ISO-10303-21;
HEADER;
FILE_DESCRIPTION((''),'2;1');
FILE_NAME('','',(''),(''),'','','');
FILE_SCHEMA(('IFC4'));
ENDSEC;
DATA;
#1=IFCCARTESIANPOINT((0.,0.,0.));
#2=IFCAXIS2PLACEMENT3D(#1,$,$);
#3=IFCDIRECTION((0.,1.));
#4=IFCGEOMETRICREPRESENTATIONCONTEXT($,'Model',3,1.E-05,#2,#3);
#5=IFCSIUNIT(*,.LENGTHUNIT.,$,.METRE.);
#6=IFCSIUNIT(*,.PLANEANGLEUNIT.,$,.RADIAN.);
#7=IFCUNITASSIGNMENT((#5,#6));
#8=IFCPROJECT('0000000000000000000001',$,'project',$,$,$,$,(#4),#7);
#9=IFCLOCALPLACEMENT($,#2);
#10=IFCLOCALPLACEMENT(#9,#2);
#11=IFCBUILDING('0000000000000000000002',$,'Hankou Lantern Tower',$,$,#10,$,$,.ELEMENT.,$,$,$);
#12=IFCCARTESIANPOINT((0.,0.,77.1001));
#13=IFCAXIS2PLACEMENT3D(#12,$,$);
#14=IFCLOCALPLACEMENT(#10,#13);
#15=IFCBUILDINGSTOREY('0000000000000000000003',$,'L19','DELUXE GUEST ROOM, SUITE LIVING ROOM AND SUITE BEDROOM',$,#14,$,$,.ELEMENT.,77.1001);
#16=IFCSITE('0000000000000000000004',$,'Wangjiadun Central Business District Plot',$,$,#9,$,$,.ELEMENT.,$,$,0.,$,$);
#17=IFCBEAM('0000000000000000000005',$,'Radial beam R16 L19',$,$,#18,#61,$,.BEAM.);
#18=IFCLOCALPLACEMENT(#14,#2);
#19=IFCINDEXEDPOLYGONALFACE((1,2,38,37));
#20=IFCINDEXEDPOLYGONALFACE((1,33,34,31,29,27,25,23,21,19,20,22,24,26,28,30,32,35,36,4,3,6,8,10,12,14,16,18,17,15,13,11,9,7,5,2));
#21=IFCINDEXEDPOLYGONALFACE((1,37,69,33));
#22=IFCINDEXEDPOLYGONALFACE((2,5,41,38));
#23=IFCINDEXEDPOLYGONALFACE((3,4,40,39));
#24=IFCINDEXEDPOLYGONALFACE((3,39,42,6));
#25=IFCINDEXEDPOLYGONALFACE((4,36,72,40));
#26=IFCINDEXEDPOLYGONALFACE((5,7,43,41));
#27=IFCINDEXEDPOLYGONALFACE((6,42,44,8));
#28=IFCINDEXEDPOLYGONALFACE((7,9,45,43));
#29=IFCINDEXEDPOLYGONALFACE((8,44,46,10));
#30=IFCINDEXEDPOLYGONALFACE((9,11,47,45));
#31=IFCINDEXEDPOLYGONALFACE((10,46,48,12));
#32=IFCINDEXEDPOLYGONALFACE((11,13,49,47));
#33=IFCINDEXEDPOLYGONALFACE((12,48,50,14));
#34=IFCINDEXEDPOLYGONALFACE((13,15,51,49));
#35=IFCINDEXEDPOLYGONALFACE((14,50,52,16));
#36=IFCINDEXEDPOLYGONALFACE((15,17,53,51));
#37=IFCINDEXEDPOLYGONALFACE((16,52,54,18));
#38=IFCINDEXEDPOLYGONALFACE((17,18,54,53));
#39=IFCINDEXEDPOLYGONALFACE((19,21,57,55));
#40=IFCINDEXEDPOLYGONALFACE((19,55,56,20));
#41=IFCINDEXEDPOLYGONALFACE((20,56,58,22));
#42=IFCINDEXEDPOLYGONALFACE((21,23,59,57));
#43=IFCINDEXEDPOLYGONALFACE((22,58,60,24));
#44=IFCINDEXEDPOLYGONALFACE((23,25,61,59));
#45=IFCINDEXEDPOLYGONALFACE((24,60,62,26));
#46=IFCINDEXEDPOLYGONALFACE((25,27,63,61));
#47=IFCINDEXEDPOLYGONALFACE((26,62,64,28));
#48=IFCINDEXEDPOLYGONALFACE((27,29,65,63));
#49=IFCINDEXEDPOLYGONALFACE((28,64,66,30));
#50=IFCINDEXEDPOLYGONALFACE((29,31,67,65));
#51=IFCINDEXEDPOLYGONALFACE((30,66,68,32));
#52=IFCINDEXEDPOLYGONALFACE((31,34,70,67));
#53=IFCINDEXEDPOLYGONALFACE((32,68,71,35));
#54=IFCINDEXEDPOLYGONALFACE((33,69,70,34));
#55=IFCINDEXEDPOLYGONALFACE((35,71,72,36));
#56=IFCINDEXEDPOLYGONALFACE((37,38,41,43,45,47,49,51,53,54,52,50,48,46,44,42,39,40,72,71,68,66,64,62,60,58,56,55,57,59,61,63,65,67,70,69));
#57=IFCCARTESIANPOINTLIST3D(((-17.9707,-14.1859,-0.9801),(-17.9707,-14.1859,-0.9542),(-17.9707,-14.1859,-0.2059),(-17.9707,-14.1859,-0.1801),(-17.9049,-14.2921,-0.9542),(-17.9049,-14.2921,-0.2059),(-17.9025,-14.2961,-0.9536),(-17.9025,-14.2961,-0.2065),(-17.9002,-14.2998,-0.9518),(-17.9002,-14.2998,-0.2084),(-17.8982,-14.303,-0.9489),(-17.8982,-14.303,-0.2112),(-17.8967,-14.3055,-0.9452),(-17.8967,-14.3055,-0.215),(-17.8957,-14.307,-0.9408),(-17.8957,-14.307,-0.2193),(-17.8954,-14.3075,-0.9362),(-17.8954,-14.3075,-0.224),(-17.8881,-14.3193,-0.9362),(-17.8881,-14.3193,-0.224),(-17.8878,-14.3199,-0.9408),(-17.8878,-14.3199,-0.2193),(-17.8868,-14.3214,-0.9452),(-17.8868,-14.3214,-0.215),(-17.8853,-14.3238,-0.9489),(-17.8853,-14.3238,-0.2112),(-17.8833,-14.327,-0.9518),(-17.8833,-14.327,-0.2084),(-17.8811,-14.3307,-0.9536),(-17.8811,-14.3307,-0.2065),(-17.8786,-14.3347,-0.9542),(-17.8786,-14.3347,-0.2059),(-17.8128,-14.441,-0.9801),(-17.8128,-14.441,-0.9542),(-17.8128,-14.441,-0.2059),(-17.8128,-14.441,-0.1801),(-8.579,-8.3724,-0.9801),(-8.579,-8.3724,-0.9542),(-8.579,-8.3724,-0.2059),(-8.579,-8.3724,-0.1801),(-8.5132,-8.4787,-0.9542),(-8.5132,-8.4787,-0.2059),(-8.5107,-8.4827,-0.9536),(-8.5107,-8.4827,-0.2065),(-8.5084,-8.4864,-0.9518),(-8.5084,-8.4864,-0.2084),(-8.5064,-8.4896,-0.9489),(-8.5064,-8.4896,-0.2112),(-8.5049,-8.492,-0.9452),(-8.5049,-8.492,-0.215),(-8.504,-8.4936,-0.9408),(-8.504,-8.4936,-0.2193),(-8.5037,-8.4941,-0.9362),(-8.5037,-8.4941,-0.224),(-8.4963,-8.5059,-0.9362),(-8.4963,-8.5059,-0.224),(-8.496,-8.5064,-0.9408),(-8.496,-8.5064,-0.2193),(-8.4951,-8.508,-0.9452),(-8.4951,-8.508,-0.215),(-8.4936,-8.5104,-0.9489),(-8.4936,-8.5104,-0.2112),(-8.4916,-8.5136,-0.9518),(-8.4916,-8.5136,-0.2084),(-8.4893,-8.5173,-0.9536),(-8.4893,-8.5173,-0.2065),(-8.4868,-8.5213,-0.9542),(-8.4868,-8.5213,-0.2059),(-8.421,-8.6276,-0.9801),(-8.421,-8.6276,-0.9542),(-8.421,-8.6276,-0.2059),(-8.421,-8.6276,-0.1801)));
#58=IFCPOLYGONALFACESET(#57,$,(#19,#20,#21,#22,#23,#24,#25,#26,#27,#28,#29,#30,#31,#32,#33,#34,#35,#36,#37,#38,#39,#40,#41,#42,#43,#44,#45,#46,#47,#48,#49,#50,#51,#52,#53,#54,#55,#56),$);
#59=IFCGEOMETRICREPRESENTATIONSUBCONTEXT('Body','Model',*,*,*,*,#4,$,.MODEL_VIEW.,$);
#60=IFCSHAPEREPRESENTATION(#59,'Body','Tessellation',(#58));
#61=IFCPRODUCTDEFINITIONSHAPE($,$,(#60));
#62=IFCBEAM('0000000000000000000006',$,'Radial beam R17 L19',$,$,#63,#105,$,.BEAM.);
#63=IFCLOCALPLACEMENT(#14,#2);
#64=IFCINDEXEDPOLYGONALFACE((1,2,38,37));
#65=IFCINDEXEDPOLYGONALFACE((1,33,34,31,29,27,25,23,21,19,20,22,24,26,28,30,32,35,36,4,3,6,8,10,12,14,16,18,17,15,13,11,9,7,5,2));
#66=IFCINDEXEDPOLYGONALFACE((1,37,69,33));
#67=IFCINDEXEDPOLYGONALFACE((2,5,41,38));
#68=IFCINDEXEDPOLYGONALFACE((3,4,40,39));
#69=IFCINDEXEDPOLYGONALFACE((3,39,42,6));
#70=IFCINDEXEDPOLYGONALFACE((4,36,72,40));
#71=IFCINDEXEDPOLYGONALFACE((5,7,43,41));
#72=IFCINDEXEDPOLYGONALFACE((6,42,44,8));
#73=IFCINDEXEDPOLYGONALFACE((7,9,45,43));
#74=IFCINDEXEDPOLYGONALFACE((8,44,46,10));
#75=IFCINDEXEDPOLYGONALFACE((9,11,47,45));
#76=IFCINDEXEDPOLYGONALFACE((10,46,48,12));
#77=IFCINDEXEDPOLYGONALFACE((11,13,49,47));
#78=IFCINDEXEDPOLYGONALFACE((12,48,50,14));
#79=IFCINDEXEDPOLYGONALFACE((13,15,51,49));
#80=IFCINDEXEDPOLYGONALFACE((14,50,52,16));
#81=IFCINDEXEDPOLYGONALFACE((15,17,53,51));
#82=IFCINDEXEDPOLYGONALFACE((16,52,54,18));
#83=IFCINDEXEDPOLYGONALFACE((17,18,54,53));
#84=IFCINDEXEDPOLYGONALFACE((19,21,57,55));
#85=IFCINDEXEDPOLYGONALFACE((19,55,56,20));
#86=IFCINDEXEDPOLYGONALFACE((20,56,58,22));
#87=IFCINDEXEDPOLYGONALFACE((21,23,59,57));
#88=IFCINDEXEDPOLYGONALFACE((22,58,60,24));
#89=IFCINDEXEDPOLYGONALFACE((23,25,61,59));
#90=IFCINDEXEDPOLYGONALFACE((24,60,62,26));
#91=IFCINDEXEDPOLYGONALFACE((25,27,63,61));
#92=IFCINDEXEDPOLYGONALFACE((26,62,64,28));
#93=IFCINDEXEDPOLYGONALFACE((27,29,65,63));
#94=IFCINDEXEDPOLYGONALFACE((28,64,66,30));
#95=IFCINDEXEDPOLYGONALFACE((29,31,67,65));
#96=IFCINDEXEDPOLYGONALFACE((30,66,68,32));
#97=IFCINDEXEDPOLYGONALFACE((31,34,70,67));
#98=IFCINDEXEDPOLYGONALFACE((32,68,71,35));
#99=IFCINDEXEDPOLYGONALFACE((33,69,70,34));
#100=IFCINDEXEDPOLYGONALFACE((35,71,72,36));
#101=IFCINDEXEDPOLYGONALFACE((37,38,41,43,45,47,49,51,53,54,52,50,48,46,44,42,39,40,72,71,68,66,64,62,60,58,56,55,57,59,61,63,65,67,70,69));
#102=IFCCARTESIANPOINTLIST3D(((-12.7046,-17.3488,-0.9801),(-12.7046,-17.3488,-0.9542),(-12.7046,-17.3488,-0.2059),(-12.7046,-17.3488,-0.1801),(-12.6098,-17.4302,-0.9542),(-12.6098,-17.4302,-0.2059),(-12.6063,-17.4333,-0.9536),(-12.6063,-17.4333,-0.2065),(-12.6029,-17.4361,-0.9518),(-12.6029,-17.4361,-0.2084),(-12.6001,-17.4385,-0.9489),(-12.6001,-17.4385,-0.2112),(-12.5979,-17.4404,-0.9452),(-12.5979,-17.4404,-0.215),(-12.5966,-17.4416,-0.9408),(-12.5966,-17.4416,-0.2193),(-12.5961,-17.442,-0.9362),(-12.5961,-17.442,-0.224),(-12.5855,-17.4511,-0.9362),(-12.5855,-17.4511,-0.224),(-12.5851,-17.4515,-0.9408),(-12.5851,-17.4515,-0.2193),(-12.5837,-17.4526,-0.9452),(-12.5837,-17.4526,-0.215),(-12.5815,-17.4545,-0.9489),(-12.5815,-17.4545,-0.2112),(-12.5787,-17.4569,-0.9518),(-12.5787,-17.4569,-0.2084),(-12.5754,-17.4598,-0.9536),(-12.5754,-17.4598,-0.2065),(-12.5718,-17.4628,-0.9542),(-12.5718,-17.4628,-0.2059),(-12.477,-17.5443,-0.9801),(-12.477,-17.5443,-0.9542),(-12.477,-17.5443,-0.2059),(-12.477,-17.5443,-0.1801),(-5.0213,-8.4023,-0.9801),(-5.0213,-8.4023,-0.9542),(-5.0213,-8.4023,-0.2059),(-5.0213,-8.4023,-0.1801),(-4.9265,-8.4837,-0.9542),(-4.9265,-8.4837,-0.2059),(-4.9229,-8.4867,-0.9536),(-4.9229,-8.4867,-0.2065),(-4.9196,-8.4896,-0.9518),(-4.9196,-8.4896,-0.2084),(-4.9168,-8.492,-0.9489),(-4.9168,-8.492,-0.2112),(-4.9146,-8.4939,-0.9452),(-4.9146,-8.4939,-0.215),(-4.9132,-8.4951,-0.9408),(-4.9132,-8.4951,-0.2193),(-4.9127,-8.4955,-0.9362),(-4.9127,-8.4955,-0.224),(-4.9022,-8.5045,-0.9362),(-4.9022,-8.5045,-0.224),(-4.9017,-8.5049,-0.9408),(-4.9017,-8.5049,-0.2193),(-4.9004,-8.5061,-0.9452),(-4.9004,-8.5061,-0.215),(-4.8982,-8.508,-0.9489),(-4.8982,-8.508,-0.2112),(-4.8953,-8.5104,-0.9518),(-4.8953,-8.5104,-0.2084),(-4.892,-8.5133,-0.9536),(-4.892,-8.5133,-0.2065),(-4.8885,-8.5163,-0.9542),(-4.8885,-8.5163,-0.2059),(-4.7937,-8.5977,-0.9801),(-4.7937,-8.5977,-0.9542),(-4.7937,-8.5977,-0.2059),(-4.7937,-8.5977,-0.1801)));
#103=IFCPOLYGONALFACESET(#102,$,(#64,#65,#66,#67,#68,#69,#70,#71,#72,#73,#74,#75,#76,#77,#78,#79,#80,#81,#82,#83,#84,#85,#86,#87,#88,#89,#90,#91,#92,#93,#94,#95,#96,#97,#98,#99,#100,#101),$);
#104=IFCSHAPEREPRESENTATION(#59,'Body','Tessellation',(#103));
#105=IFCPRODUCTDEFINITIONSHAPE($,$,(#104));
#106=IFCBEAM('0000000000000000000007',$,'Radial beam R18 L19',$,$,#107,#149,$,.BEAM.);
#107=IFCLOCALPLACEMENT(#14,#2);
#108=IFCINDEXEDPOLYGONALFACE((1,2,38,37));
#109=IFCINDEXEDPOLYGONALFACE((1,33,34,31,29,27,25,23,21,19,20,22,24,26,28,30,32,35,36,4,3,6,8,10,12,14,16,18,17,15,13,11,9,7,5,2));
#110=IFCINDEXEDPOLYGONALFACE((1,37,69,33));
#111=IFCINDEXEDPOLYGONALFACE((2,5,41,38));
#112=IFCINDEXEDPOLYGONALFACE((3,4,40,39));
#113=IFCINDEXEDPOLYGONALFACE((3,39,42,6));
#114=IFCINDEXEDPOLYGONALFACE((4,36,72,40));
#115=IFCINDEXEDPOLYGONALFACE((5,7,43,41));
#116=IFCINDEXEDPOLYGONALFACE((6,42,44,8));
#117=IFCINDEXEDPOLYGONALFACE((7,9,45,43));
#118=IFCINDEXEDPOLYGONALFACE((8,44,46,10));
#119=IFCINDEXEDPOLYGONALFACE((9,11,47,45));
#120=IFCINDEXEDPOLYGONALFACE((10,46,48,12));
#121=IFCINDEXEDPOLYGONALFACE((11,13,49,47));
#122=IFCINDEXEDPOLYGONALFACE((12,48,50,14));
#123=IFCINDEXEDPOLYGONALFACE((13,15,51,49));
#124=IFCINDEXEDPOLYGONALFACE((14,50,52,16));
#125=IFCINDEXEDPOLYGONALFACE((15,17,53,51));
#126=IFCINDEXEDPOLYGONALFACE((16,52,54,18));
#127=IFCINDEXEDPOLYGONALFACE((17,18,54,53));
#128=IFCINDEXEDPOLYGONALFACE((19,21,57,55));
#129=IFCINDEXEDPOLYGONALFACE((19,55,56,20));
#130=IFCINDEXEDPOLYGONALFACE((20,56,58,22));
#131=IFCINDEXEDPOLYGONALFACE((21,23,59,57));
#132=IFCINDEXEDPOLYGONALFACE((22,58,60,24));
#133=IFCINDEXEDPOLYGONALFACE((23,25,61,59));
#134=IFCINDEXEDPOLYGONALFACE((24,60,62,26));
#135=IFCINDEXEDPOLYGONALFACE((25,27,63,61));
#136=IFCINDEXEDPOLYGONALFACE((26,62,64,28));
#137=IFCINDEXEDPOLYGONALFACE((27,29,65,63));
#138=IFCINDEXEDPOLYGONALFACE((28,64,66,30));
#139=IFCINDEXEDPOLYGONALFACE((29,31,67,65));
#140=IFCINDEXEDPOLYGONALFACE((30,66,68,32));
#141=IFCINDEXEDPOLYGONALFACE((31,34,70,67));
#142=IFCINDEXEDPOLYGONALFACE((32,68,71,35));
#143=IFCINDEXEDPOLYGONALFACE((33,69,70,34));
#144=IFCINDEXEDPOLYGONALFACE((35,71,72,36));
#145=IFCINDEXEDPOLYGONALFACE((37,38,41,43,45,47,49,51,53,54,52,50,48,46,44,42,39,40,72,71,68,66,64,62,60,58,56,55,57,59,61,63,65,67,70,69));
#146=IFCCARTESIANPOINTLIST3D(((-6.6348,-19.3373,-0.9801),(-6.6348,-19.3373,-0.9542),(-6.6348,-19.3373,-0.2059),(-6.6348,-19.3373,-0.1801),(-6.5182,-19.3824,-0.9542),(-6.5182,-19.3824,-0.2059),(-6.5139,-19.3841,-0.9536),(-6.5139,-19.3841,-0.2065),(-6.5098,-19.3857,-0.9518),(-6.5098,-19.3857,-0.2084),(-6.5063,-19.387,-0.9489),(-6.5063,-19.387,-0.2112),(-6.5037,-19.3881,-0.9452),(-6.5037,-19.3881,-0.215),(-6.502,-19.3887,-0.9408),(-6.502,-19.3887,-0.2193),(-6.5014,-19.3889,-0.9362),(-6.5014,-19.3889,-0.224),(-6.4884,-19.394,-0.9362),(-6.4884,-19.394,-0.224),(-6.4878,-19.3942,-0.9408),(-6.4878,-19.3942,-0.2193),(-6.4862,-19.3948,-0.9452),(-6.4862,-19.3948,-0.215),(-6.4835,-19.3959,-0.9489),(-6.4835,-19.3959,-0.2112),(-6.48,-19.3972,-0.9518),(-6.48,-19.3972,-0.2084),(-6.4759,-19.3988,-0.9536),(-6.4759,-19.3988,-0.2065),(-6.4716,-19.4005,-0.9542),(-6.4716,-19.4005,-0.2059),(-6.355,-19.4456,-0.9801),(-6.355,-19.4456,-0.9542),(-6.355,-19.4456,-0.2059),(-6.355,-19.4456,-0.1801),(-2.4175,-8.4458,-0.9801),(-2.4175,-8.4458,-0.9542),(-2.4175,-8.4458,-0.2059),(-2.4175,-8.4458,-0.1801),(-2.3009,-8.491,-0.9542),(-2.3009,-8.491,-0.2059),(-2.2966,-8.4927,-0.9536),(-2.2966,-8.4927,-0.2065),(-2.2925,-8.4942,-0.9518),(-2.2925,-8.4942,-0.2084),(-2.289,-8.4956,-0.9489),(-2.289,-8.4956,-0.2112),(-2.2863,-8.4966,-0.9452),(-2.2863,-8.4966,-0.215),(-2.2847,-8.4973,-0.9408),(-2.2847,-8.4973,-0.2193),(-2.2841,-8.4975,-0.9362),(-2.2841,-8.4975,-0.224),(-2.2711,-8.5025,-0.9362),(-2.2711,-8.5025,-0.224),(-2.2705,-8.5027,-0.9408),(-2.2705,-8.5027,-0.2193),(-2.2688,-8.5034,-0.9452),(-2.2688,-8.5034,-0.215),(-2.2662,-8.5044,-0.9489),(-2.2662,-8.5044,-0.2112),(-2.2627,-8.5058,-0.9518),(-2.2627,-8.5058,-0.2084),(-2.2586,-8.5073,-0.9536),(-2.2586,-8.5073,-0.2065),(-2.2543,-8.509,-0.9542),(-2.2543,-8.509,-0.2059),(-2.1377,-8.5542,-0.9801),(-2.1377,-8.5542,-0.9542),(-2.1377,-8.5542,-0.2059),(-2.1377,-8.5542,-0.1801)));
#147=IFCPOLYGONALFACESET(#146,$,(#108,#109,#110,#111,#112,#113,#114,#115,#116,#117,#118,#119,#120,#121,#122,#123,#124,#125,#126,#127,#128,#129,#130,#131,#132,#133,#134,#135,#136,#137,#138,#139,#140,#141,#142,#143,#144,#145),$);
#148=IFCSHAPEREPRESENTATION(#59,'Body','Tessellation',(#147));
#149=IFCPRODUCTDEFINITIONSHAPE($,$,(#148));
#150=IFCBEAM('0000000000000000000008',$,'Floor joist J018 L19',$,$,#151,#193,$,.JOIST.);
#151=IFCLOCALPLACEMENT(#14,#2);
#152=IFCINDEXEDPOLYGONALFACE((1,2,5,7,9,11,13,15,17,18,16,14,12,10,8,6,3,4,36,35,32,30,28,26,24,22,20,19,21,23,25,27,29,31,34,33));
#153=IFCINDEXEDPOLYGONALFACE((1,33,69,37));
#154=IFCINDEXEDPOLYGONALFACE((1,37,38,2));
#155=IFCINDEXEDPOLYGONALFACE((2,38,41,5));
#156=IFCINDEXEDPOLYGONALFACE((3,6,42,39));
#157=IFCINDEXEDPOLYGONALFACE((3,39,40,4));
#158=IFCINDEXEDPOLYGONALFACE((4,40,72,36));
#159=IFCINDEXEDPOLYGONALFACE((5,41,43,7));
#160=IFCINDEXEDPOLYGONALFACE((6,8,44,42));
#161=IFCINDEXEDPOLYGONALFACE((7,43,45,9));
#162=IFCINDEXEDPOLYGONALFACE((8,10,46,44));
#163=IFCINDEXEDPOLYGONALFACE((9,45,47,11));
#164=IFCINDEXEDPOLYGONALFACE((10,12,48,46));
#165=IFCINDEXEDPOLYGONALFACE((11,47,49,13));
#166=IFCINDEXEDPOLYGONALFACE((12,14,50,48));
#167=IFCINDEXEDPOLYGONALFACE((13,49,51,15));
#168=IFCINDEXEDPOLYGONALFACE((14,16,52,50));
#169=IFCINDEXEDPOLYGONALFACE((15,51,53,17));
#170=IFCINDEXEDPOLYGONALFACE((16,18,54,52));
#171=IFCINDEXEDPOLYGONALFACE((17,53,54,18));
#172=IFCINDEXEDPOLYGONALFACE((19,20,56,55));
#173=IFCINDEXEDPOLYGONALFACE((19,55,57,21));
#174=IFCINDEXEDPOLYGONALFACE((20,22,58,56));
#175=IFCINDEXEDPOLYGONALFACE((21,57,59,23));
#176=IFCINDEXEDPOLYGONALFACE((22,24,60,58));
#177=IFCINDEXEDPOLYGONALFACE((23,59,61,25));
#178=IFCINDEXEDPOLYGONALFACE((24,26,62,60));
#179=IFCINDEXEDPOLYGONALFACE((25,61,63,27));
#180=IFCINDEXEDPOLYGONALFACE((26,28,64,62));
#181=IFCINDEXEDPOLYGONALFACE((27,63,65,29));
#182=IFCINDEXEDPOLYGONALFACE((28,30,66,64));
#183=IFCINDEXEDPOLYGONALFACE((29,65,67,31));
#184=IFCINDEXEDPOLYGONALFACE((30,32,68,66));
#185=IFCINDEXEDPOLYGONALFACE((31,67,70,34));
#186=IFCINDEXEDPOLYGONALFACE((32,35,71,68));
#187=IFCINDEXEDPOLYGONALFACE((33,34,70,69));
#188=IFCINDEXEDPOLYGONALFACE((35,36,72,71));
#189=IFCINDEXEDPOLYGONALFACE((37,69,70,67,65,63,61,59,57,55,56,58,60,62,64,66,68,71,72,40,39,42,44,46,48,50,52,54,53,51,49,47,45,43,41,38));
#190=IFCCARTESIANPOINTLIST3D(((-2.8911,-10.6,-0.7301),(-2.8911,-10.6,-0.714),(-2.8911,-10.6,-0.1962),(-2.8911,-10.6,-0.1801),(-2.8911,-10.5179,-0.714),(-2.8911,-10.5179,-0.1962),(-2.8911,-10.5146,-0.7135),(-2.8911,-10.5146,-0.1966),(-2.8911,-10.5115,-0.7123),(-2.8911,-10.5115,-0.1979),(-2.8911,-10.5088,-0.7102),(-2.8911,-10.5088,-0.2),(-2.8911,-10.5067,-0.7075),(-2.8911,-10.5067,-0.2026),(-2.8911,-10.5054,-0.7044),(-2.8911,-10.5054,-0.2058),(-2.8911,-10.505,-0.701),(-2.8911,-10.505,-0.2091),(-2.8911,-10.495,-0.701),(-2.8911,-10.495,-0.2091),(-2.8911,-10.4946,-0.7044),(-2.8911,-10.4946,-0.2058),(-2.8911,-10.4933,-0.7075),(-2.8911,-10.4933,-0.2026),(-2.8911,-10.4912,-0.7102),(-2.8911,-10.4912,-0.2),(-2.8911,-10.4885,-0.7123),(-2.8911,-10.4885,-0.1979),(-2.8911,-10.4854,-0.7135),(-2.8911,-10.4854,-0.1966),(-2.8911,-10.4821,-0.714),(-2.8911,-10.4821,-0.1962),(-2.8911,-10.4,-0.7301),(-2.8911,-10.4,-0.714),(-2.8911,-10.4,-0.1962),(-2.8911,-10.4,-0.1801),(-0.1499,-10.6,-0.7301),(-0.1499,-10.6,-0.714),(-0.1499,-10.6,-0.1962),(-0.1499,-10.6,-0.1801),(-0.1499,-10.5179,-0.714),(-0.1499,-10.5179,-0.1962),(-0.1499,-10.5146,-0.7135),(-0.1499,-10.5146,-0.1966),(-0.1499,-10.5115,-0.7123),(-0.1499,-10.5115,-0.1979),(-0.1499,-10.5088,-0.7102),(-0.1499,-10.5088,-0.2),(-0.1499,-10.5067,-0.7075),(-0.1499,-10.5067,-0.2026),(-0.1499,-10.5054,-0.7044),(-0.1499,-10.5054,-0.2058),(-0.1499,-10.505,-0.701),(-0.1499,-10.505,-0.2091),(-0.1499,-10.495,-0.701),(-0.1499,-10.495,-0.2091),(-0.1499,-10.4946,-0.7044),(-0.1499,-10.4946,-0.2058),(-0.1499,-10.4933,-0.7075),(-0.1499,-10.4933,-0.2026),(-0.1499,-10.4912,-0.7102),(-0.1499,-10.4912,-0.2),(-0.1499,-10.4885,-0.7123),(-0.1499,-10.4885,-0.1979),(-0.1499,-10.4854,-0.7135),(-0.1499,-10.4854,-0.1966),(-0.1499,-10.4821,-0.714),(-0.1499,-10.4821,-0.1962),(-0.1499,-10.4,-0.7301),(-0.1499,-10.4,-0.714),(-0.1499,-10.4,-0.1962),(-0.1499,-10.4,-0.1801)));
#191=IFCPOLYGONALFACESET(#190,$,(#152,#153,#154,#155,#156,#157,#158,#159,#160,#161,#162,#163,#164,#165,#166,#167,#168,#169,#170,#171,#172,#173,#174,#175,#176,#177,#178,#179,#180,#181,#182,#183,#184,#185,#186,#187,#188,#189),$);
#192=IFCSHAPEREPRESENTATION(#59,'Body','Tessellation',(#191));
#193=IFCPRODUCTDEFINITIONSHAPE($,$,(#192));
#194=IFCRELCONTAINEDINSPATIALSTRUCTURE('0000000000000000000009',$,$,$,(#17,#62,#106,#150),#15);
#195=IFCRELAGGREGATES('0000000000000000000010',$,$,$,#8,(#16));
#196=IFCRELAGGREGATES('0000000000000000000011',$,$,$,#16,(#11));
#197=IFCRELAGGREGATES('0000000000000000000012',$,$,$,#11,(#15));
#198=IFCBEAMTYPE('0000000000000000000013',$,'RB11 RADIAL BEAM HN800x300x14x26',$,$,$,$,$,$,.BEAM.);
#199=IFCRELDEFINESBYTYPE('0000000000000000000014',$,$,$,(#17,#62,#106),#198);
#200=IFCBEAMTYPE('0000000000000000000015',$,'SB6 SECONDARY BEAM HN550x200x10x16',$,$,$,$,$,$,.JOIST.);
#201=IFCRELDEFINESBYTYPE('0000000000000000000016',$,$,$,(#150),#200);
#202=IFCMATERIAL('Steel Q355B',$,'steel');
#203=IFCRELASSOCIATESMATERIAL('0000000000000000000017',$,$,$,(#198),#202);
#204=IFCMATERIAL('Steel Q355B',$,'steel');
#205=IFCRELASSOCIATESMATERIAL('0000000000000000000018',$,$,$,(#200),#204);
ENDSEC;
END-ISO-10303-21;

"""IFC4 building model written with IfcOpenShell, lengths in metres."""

from ifc_helpers import new_model, si_unit, direction, frame, origin, origin_2d, place, context, subcontext, project, spatial, i_section, extrude, material, material_profile, profile_set, type_object, element, save


model = new_model("IFC4")

# Units and contexts
model_context = context("Model", 3, precision=1e-05, world=origin(), true_north=direction((0.0, 1.0)))
body_context = subcontext(model_context, "Body", "Model", "MODEL_VIEW")
ifc_project = project(units=[si_unit("LENGTHUNIT", "METRE"), si_unit("PLANEANGLEUNIT", "RADIAN")], contexts=[model_context])

# Site, building, storey
site_placement = place(None, origin())
site = spatial("IfcSite", under=ifc_project, at=site_placement, Name="Wangjiadun Central Business District Plot", CompositionType="ELEMENT", RefElevation=0.0)
building_placement = place(site_placement, origin())
building = spatial("IfcBuilding", under=site, at=building_placement, Name="Hankou Lantern Tower", CompositionType="ELEMENT")
storey_placement = place(building_placement, frame((0.0, 0.0, 77.1001)))
storey = spatial("IfcBuildingStorey", under=building, at=storey_placement, Name="L19", Description="DELUXE GUEST ROOM, SUITE LIVING ROOM AND SUITE BEDROOM", CompositionType="ELEMENT", Elevation=77.1001)

# Beams
ifc_material_1 = material(Name="Steel Q355B", Category="steel")
ifc_material_profile_1 = material_profile(ifc_material_1, i_section(OverallWidth=0.3, OverallDepth=0.8, WebThickness=0.0139, FlangeThickness=0.0259, FilletRadius=0.0181, at=origin_2d()), Name="HN800x300x14x26")
ifc_profile_set_1 = profile_set([ifc_material_profile_1], Name="Steel Q355B")
beam_type_1 = type_object("IfcBeamType", Name="RB11 RADIAL BEAM HN800x300x14x26", PredefinedType="BEAM", material=ifc_profile_set_1)
beam_1_placement = place(storey_placement, frame((-8.5, -8.5, -0.5801), z_axis=(-0.850286, -0.52632, 0.0), x_axis=(0.52632, -0.850286, 0.0)))
element("IfcBeam", 1, at=beam_1_placement, inside=storey, type_object=beam_type_1, Name="Radial beam R16 L19", PredefinedType="BEAM", context=body_context, shape_type="SweptSolid", body=[
    extrude(i_section(OverallWidth=0.3, OverallDepth=0.8, WebThickness=0.0139, FlangeThickness=0.0259, FilletRadius=0.0181, at=origin_2d()), origin(), (0.0, 0.0, 1.0), 11.0454),
])
beam_2_placement = place(storey_placement, frame((-4.9075, -8.5, -0.5801), z_axis=(-0.651519, -0.758632, 0.0), x_axis=(0.758632, -0.651519, 0.0)))
element("IfcBeam", 2, at=beam_2_placement, inside=storey, type_object=beam_type_1, Name="Radial beam R17 L19", PredefinedType="BEAM", context=body_context, shape_type="SweptSolid", body=[
    extrude(i_section(OverallWidth=0.3, OverallDepth=0.8, WebThickness=0.0139, FlangeThickness=0.0259, FilletRadius=0.0181, at=origin_2d()), origin(), (0.0, 0.0, 1.0), 11.793),
])
beam_3_placement = place(storey_placement, frame((-2.2776, -8.5, -0.5801), z_axis=(-0.361089, -0.932531, 0.0), x_axis=(0.932531, -0.361089, 0.0)))
element("IfcBeam", 3, at=beam_3_placement, inside=storey, type_object=beam_type_1, Name="Radial beam R18 L19", PredefinedType="BEAM", context=body_context, shape_type="SweptSolid", body=[
    extrude(i_section(OverallWidth=0.3, OverallDepth=0.8, WebThickness=0.0139, FlangeThickness=0.0259, FilletRadius=0.0181, at=origin_2d()), origin(), (0.0, 0.0, 1.0), 11.6794),
])
ifc_material_2 = material(Name="Steel Q355B", Category="steel")
ifc_material_profile_2 = material_profile(ifc_material_2, i_section(OverallWidth=0.2, OverallDepth=0.55, WebThickness=0.01, FlangeThickness=0.0161, FilletRadius=0.0129, at=origin_2d()), Name="HN550x200x10x16")
ifc_profile_set_2 = profile_set([ifc_material_profile_2], Name="Steel Q355B")
beam_type_2 = type_object("IfcBeamType", Name="SB6 SECONDARY BEAM HN550x200x10x16", PredefinedType="JOIST", material=ifc_profile_set_2)
beam_4_placement = place(storey_placement, frame((-2.8911, -10.5, -0.4551), z_axis=(1.0, 0.0, 0.0), x_axis=(0.0, 1.0, 0.0)))
element("IfcBeam", 4, at=beam_4_placement, inside=storey, type_object=beam_type_2, Name="Floor joist J018 L19", PredefinedType="JOIST", context=body_context, shape_type="SweptSolid", body=[
    extrude(i_section(OverallWidth=0.2, OverallDepth=0.55, WebThickness=0.01, FlangeThickness=0.0161, FilletRadius=0.0129, at=origin_2d()), origin(), (0.0, 0.0, 1.0), 2.7412),
])

save(model, "model.ifc")
